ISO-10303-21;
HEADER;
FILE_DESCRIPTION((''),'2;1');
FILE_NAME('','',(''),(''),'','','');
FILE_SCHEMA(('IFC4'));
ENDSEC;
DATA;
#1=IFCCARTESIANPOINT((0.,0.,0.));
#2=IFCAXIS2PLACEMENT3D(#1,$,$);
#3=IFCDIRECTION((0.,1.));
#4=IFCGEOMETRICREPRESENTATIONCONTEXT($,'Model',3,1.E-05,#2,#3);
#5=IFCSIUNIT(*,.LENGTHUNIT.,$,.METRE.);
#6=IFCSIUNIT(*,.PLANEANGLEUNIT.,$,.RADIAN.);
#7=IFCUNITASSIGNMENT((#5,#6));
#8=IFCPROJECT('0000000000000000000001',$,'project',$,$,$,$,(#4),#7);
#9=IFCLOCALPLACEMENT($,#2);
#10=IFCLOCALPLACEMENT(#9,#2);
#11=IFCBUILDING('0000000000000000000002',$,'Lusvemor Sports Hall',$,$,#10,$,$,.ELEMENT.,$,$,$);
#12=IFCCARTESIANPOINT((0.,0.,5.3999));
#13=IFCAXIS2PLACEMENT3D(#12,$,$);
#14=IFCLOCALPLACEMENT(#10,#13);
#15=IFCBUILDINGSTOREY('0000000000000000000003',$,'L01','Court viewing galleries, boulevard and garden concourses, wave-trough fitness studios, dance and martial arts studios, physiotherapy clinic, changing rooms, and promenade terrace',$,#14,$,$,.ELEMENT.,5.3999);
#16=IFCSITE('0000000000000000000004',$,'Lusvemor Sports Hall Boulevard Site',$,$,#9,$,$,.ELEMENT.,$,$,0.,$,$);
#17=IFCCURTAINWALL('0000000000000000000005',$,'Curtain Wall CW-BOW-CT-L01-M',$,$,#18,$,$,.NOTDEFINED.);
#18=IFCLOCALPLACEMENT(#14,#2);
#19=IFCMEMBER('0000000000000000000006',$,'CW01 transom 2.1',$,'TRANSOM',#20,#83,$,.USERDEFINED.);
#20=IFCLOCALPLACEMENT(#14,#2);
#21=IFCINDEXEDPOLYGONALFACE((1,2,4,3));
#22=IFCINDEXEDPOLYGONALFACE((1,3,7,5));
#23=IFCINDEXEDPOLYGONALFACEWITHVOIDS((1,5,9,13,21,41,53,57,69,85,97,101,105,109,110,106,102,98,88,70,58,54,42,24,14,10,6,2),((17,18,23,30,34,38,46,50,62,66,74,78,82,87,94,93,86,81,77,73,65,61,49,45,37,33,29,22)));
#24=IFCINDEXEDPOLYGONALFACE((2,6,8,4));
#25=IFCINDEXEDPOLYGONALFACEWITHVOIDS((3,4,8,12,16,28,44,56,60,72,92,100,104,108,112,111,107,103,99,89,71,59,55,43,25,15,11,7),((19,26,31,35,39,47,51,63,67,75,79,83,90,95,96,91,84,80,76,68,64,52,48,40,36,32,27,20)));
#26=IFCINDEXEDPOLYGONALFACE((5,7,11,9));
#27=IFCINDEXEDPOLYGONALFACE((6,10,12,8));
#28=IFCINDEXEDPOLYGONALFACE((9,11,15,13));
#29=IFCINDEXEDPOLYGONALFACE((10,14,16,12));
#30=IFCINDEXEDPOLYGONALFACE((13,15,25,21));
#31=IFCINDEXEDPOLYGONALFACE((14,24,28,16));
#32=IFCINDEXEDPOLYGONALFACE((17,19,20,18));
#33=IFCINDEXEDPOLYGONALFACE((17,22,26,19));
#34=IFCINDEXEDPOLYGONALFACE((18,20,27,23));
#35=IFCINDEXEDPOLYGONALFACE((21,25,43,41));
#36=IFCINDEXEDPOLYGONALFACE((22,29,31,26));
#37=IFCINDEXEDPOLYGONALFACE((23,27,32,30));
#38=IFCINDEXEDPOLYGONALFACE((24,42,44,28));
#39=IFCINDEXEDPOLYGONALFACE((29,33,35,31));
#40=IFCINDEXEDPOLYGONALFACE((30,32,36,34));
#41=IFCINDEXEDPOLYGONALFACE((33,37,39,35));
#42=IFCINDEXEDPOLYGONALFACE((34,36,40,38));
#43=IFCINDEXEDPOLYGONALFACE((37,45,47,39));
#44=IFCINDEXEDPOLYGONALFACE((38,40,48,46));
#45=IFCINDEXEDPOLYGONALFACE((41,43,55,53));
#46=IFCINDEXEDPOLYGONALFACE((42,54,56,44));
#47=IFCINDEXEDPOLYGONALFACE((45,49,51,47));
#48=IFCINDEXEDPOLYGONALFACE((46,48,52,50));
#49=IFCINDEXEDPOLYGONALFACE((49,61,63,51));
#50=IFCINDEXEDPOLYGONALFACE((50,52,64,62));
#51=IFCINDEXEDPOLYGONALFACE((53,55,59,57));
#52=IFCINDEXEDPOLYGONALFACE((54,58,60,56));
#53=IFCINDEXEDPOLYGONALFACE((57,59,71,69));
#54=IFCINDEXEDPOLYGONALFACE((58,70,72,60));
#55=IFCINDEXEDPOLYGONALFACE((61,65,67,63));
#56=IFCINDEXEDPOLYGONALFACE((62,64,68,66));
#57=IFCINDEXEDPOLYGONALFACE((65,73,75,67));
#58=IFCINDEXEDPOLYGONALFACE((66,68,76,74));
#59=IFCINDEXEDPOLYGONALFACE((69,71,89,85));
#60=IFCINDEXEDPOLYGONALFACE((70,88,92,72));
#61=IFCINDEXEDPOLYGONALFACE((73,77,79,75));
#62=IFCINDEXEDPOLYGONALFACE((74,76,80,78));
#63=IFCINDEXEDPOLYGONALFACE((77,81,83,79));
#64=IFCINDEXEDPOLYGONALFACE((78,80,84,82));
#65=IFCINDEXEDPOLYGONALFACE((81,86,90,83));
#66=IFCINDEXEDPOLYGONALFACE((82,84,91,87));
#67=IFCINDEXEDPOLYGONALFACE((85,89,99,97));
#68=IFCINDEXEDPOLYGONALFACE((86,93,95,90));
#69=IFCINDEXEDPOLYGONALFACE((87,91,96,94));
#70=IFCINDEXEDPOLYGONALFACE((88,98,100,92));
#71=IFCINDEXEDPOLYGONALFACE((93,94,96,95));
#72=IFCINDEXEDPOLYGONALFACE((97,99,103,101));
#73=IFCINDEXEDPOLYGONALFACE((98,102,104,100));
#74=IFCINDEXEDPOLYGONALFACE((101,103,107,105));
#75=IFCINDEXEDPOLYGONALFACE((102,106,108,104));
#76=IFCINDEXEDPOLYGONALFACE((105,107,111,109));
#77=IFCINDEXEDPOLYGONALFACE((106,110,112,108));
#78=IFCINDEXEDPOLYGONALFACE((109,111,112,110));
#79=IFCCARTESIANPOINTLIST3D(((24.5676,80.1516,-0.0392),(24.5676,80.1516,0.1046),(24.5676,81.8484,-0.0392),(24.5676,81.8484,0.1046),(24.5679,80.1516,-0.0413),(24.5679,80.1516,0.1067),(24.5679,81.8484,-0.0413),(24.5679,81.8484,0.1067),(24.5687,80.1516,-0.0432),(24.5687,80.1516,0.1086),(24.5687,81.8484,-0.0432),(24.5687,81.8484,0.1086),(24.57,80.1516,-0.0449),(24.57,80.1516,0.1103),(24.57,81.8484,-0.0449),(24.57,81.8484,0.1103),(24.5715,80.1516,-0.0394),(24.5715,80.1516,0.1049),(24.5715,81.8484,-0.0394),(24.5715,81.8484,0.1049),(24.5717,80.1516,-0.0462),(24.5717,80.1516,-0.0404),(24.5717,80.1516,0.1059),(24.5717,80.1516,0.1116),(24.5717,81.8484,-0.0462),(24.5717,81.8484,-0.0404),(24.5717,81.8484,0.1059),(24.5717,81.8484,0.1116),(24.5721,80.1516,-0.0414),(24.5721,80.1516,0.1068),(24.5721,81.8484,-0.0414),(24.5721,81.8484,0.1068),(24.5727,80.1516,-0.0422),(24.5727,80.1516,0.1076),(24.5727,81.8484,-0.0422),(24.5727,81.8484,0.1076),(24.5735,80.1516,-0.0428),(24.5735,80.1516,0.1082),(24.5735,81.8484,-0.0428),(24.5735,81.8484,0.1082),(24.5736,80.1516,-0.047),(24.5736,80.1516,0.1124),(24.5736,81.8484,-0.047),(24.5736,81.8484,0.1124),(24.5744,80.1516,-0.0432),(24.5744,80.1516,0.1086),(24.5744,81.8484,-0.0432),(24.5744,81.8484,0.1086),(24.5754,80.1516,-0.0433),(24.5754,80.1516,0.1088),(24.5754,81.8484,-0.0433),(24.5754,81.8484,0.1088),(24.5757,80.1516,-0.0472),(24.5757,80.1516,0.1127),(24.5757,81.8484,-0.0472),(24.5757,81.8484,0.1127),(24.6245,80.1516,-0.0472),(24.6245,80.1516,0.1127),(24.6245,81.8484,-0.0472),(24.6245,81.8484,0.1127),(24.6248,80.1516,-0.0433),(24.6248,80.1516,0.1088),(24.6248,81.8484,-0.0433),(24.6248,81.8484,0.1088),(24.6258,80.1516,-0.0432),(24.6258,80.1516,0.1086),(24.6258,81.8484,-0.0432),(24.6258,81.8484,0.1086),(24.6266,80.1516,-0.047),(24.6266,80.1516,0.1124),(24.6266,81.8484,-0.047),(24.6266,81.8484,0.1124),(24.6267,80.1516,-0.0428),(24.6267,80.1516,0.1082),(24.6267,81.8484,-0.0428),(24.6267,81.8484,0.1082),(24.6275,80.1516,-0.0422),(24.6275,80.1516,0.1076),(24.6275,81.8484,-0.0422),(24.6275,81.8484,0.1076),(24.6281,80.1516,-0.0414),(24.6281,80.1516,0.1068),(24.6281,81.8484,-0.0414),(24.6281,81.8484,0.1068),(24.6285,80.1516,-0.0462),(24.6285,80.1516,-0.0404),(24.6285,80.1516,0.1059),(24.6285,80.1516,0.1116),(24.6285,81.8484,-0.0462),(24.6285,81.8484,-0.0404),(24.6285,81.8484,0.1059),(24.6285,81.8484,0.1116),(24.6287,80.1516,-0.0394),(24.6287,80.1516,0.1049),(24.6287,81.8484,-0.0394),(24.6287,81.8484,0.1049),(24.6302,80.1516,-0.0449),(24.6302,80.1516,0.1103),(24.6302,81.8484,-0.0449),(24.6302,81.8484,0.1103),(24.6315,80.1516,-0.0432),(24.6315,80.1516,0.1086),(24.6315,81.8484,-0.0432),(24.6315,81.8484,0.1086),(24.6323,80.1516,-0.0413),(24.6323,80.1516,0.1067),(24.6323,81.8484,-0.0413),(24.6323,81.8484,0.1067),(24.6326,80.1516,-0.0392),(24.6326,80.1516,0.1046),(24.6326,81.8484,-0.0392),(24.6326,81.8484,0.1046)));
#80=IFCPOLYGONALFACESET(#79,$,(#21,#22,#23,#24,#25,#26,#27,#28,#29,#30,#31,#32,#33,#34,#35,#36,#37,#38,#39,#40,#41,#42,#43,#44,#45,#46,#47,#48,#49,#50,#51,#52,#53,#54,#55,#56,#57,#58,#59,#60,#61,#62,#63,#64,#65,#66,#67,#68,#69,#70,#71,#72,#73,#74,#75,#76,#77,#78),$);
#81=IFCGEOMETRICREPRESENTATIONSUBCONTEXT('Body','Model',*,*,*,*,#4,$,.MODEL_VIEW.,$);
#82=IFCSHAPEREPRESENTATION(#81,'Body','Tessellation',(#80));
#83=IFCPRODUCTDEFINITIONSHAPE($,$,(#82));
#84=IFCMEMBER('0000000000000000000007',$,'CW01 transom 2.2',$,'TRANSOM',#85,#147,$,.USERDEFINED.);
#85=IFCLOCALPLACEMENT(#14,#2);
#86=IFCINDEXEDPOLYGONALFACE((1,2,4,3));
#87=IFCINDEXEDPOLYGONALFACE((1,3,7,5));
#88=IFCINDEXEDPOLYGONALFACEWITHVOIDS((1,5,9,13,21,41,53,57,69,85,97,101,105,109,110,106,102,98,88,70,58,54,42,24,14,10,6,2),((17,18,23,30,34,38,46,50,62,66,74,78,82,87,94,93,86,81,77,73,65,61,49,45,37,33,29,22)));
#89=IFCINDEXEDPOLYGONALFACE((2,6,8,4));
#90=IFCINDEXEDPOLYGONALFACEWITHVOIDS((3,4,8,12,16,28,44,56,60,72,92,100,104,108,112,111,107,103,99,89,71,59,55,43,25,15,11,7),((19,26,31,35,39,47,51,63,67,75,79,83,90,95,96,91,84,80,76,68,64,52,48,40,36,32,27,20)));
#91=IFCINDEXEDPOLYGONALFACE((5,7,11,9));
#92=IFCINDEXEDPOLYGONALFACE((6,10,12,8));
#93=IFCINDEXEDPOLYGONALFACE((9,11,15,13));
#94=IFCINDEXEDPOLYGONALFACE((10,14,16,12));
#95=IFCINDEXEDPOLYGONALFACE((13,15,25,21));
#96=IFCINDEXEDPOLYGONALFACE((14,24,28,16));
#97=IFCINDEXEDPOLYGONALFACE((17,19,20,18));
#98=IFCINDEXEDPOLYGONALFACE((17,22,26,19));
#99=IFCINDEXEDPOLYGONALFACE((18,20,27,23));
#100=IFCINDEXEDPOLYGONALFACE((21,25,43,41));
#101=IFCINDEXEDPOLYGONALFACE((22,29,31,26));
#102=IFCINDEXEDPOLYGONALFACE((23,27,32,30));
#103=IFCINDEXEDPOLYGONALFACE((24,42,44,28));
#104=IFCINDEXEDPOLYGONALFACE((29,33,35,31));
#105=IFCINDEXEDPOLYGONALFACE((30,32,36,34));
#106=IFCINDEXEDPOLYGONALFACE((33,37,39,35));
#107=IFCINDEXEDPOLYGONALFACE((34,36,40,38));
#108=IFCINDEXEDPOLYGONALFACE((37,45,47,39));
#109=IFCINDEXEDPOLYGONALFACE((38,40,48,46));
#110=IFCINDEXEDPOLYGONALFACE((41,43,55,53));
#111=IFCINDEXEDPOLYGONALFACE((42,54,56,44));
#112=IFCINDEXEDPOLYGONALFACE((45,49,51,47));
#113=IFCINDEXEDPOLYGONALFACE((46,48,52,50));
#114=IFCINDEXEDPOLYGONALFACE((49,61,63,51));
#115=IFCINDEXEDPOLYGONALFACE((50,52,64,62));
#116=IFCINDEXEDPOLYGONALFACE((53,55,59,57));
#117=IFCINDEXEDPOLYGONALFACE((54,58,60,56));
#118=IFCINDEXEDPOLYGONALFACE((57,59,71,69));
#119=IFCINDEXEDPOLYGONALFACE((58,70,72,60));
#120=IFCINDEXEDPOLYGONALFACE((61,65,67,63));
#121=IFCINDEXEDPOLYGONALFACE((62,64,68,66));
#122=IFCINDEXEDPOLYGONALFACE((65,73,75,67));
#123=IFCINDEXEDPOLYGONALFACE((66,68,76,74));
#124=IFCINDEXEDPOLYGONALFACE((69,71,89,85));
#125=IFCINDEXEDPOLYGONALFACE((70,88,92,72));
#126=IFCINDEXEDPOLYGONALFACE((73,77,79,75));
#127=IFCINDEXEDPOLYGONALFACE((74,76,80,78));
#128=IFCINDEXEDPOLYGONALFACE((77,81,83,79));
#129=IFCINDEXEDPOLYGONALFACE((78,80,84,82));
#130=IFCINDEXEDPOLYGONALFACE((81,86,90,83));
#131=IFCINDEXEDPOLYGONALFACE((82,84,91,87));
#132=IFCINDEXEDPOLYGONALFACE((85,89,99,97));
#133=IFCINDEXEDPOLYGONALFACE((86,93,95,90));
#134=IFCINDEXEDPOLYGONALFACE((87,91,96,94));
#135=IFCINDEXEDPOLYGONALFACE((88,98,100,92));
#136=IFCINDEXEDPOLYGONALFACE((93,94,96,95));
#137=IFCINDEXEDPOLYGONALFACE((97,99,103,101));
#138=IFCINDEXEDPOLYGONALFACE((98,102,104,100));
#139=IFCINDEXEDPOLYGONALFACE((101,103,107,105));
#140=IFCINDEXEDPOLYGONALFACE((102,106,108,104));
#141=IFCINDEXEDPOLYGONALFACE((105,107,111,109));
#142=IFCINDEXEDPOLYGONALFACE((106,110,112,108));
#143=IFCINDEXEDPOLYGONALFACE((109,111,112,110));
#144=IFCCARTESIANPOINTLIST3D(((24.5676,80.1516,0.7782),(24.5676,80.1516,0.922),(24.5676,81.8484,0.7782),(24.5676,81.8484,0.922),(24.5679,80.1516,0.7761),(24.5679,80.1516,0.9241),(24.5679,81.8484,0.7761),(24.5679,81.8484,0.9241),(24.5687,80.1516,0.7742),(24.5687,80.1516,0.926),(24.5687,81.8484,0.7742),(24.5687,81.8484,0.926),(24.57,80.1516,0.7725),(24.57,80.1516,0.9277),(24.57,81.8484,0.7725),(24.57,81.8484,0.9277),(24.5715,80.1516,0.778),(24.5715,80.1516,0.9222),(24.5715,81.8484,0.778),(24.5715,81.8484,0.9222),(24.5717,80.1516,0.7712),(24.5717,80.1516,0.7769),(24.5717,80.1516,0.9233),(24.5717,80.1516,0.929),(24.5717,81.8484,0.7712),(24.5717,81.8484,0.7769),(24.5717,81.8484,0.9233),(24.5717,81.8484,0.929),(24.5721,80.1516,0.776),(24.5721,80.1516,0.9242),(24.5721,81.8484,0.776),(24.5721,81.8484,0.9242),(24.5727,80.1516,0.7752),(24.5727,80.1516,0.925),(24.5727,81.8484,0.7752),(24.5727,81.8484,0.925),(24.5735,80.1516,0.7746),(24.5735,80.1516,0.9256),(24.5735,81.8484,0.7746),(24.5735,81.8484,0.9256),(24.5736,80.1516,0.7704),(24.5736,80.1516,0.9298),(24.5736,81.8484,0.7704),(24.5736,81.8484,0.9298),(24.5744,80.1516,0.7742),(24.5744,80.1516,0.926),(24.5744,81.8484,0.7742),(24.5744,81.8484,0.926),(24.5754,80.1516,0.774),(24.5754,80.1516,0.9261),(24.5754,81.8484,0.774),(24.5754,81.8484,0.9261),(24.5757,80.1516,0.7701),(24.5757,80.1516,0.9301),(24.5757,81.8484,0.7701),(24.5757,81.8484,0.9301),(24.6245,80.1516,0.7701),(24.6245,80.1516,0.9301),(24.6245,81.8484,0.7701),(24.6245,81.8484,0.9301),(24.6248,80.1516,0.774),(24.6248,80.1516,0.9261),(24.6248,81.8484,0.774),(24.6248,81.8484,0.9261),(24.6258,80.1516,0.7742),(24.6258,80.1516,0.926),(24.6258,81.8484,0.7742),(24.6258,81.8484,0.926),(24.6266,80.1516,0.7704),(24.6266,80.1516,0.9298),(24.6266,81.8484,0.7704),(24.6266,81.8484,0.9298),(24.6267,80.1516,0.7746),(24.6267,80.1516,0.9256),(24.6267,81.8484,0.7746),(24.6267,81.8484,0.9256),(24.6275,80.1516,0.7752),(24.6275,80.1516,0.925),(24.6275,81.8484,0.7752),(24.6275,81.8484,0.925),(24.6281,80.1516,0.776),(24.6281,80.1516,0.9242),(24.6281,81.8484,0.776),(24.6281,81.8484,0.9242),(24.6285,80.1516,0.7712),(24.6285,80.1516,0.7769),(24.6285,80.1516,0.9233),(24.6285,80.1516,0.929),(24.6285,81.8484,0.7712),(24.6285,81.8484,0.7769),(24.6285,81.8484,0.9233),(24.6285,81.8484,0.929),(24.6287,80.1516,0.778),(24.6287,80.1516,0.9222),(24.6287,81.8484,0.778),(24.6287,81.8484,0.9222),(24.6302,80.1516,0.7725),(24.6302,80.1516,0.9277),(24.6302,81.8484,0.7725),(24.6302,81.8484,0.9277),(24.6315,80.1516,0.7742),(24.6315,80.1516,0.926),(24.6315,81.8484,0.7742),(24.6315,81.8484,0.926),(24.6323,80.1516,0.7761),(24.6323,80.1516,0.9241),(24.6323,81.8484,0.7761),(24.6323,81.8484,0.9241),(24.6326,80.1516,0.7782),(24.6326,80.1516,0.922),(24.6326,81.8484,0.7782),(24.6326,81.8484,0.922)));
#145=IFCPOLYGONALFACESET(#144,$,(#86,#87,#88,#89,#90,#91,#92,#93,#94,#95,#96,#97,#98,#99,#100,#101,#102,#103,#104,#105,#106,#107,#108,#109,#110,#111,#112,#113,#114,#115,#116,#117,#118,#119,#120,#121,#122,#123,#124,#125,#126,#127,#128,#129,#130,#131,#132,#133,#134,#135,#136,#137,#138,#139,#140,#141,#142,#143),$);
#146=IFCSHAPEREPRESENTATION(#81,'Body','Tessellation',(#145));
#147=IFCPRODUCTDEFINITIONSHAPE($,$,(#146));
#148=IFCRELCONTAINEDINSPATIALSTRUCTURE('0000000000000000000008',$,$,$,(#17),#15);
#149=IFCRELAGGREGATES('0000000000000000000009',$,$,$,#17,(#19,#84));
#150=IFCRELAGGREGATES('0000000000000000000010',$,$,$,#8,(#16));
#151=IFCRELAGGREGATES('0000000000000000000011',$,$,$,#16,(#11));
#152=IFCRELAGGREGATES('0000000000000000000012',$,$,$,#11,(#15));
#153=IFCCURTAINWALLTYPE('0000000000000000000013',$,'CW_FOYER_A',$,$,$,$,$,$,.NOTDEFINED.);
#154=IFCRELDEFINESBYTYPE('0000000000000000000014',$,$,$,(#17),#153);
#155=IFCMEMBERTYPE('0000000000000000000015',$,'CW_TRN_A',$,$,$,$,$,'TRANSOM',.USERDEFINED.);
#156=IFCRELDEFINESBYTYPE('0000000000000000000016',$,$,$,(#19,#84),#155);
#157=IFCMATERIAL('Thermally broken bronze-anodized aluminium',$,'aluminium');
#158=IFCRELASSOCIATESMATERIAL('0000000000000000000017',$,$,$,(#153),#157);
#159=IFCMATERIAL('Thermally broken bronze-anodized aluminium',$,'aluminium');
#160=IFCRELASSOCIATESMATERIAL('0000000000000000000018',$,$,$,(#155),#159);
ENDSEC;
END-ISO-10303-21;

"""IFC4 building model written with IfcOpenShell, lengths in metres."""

from ifc_helpers import new_model, si_unit, direction, frame, origin, origin_2d, place, context, subcontext, project, spatial, hollow_rectangle, extrude, material, material_profile, profile_set, type_object, element, aggregate, save


model = new_model("IFC4")

# Units and contexts
model_context = context("Model", 3, precision=1e-05, world=origin(), true_north=direction((0.0, 1.0)))
body_context = subcontext(model_context, "Body", "Model", "MODEL_VIEW")
ifc_project = project(units=[si_unit("LENGTHUNIT", "METRE"), si_unit("PLANEANGLEUNIT", "RADIAN")], contexts=[model_context])

# Site, building, storey
site_placement = place(None, origin())
site = spatial("IfcSite", under=ifc_project, at=site_placement, Name="Lusvemor Sports Hall Boulevard Site", CompositionType="ELEMENT", RefElevation=0.0)
building_placement = place(site_placement, origin())
building = spatial("IfcBuilding", under=site, at=building_placement, Name="Lusvemor Sports Hall", CompositionType="ELEMENT")
storey_placement = place(building_placement, frame((0.0, 0.0, 5.3999)))
storey = spatial("IfcBuildingStorey", under=building, at=storey_placement, Name="L01", Description="Court viewing galleries, boulevard and garden concourses, wave-trough fitness studios, dance and martial arts studios, physiotherapy clinic, changing rooms, and promenade terrace", CompositionType="ELEMENT", Elevation=5.3999)

# Curtain wall, members
ifc_material_1 = material(Name="Thermally broken bronze-anodized aluminium", Category="aluminium")
curtain_wall_type = type_object("IfcCurtainWallType", Name="CW_FOYER_A", PredefinedType="NOTDEFINED", material=ifc_material_1)
curtain_wall_placement = place(storey_placement, origin())
curtain_wall = element("IfcCurtainWall", 1, at=curtain_wall_placement, inside=storey, type_object=curtain_wall_type, Name="Curtain Wall CW-BOW-CT-L01-M", PredefinedType="NOTDEFINED")
ifc_material_2 = material(Name="Thermally broken bronze-anodized aluminium", Category="aluminium")
ifc_material_profile_1 = material_profile(ifc_material_2, hollow_rectangle(XDim=0.0649, YDim=0.1599, WallThickness=0.0039, InnerFilletRadius=0.0039, OuterFilletRadius=0.0081, at=origin_2d()), Name="CWTRN160x65x4")
ifc_profile_set_1 = profile_set([ifc_material_profile_1], Name="Thermally broken bronze-anodized aluminium")
member_type_1 = type_object("IfcMemberType", Name="CW_TRN_A", ElementType="TRANSOM", PredefinedType="USERDEFINED", material=ifc_profile_set_1)
member_1_placement = place(storey_placement, frame((24.6001, 81.8484, 0.0327), z_axis=(0.0, -1.0, 0.0), x_axis=(1.0, 0.0, 0.0)))
member_1 = element("IfcMember", 2, at=member_1_placement, type_object=member_type_1, Name="CW01 transom 2.1", ObjectType="TRANSOM", PredefinedType="USERDEFINED", context=body_context, shape_type="SweptSolid", body=[
    extrude(hollow_rectangle(XDim=0.0649, YDim=0.1599, WallThickness=0.0039, InnerFilletRadius=0.0039, OuterFilletRadius=0.0081, at=origin_2d()), origin(), (0.0, 0.0, 1.0), 1.6968),
])
member_2_placement = place(storey_placement, frame((24.6001, 81.8484, 0.8501), z_axis=(0.0, -1.0, 0.0), x_axis=(1.0, 0.0, 0.0)))
member_2 = element("IfcMember", 3, at=member_2_placement, type_object=member_type_1, Name="CW01 transom 2.2", ObjectType="TRANSOM", PredefinedType="USERDEFINED", context=body_context, shape_type="SweptSolid", body=[
    extrude(hollow_rectangle(XDim=0.0649, YDim=0.1599, WallThickness=0.0039, InnerFilletRadius=0.0039, OuterFilletRadius=0.0081, at=origin_2d()), origin(), (0.0, 0.0, 1.0), 1.6968),
])

aggregate(curtain_wall, [member_1, member_2])

save(model, "model.ifc")
